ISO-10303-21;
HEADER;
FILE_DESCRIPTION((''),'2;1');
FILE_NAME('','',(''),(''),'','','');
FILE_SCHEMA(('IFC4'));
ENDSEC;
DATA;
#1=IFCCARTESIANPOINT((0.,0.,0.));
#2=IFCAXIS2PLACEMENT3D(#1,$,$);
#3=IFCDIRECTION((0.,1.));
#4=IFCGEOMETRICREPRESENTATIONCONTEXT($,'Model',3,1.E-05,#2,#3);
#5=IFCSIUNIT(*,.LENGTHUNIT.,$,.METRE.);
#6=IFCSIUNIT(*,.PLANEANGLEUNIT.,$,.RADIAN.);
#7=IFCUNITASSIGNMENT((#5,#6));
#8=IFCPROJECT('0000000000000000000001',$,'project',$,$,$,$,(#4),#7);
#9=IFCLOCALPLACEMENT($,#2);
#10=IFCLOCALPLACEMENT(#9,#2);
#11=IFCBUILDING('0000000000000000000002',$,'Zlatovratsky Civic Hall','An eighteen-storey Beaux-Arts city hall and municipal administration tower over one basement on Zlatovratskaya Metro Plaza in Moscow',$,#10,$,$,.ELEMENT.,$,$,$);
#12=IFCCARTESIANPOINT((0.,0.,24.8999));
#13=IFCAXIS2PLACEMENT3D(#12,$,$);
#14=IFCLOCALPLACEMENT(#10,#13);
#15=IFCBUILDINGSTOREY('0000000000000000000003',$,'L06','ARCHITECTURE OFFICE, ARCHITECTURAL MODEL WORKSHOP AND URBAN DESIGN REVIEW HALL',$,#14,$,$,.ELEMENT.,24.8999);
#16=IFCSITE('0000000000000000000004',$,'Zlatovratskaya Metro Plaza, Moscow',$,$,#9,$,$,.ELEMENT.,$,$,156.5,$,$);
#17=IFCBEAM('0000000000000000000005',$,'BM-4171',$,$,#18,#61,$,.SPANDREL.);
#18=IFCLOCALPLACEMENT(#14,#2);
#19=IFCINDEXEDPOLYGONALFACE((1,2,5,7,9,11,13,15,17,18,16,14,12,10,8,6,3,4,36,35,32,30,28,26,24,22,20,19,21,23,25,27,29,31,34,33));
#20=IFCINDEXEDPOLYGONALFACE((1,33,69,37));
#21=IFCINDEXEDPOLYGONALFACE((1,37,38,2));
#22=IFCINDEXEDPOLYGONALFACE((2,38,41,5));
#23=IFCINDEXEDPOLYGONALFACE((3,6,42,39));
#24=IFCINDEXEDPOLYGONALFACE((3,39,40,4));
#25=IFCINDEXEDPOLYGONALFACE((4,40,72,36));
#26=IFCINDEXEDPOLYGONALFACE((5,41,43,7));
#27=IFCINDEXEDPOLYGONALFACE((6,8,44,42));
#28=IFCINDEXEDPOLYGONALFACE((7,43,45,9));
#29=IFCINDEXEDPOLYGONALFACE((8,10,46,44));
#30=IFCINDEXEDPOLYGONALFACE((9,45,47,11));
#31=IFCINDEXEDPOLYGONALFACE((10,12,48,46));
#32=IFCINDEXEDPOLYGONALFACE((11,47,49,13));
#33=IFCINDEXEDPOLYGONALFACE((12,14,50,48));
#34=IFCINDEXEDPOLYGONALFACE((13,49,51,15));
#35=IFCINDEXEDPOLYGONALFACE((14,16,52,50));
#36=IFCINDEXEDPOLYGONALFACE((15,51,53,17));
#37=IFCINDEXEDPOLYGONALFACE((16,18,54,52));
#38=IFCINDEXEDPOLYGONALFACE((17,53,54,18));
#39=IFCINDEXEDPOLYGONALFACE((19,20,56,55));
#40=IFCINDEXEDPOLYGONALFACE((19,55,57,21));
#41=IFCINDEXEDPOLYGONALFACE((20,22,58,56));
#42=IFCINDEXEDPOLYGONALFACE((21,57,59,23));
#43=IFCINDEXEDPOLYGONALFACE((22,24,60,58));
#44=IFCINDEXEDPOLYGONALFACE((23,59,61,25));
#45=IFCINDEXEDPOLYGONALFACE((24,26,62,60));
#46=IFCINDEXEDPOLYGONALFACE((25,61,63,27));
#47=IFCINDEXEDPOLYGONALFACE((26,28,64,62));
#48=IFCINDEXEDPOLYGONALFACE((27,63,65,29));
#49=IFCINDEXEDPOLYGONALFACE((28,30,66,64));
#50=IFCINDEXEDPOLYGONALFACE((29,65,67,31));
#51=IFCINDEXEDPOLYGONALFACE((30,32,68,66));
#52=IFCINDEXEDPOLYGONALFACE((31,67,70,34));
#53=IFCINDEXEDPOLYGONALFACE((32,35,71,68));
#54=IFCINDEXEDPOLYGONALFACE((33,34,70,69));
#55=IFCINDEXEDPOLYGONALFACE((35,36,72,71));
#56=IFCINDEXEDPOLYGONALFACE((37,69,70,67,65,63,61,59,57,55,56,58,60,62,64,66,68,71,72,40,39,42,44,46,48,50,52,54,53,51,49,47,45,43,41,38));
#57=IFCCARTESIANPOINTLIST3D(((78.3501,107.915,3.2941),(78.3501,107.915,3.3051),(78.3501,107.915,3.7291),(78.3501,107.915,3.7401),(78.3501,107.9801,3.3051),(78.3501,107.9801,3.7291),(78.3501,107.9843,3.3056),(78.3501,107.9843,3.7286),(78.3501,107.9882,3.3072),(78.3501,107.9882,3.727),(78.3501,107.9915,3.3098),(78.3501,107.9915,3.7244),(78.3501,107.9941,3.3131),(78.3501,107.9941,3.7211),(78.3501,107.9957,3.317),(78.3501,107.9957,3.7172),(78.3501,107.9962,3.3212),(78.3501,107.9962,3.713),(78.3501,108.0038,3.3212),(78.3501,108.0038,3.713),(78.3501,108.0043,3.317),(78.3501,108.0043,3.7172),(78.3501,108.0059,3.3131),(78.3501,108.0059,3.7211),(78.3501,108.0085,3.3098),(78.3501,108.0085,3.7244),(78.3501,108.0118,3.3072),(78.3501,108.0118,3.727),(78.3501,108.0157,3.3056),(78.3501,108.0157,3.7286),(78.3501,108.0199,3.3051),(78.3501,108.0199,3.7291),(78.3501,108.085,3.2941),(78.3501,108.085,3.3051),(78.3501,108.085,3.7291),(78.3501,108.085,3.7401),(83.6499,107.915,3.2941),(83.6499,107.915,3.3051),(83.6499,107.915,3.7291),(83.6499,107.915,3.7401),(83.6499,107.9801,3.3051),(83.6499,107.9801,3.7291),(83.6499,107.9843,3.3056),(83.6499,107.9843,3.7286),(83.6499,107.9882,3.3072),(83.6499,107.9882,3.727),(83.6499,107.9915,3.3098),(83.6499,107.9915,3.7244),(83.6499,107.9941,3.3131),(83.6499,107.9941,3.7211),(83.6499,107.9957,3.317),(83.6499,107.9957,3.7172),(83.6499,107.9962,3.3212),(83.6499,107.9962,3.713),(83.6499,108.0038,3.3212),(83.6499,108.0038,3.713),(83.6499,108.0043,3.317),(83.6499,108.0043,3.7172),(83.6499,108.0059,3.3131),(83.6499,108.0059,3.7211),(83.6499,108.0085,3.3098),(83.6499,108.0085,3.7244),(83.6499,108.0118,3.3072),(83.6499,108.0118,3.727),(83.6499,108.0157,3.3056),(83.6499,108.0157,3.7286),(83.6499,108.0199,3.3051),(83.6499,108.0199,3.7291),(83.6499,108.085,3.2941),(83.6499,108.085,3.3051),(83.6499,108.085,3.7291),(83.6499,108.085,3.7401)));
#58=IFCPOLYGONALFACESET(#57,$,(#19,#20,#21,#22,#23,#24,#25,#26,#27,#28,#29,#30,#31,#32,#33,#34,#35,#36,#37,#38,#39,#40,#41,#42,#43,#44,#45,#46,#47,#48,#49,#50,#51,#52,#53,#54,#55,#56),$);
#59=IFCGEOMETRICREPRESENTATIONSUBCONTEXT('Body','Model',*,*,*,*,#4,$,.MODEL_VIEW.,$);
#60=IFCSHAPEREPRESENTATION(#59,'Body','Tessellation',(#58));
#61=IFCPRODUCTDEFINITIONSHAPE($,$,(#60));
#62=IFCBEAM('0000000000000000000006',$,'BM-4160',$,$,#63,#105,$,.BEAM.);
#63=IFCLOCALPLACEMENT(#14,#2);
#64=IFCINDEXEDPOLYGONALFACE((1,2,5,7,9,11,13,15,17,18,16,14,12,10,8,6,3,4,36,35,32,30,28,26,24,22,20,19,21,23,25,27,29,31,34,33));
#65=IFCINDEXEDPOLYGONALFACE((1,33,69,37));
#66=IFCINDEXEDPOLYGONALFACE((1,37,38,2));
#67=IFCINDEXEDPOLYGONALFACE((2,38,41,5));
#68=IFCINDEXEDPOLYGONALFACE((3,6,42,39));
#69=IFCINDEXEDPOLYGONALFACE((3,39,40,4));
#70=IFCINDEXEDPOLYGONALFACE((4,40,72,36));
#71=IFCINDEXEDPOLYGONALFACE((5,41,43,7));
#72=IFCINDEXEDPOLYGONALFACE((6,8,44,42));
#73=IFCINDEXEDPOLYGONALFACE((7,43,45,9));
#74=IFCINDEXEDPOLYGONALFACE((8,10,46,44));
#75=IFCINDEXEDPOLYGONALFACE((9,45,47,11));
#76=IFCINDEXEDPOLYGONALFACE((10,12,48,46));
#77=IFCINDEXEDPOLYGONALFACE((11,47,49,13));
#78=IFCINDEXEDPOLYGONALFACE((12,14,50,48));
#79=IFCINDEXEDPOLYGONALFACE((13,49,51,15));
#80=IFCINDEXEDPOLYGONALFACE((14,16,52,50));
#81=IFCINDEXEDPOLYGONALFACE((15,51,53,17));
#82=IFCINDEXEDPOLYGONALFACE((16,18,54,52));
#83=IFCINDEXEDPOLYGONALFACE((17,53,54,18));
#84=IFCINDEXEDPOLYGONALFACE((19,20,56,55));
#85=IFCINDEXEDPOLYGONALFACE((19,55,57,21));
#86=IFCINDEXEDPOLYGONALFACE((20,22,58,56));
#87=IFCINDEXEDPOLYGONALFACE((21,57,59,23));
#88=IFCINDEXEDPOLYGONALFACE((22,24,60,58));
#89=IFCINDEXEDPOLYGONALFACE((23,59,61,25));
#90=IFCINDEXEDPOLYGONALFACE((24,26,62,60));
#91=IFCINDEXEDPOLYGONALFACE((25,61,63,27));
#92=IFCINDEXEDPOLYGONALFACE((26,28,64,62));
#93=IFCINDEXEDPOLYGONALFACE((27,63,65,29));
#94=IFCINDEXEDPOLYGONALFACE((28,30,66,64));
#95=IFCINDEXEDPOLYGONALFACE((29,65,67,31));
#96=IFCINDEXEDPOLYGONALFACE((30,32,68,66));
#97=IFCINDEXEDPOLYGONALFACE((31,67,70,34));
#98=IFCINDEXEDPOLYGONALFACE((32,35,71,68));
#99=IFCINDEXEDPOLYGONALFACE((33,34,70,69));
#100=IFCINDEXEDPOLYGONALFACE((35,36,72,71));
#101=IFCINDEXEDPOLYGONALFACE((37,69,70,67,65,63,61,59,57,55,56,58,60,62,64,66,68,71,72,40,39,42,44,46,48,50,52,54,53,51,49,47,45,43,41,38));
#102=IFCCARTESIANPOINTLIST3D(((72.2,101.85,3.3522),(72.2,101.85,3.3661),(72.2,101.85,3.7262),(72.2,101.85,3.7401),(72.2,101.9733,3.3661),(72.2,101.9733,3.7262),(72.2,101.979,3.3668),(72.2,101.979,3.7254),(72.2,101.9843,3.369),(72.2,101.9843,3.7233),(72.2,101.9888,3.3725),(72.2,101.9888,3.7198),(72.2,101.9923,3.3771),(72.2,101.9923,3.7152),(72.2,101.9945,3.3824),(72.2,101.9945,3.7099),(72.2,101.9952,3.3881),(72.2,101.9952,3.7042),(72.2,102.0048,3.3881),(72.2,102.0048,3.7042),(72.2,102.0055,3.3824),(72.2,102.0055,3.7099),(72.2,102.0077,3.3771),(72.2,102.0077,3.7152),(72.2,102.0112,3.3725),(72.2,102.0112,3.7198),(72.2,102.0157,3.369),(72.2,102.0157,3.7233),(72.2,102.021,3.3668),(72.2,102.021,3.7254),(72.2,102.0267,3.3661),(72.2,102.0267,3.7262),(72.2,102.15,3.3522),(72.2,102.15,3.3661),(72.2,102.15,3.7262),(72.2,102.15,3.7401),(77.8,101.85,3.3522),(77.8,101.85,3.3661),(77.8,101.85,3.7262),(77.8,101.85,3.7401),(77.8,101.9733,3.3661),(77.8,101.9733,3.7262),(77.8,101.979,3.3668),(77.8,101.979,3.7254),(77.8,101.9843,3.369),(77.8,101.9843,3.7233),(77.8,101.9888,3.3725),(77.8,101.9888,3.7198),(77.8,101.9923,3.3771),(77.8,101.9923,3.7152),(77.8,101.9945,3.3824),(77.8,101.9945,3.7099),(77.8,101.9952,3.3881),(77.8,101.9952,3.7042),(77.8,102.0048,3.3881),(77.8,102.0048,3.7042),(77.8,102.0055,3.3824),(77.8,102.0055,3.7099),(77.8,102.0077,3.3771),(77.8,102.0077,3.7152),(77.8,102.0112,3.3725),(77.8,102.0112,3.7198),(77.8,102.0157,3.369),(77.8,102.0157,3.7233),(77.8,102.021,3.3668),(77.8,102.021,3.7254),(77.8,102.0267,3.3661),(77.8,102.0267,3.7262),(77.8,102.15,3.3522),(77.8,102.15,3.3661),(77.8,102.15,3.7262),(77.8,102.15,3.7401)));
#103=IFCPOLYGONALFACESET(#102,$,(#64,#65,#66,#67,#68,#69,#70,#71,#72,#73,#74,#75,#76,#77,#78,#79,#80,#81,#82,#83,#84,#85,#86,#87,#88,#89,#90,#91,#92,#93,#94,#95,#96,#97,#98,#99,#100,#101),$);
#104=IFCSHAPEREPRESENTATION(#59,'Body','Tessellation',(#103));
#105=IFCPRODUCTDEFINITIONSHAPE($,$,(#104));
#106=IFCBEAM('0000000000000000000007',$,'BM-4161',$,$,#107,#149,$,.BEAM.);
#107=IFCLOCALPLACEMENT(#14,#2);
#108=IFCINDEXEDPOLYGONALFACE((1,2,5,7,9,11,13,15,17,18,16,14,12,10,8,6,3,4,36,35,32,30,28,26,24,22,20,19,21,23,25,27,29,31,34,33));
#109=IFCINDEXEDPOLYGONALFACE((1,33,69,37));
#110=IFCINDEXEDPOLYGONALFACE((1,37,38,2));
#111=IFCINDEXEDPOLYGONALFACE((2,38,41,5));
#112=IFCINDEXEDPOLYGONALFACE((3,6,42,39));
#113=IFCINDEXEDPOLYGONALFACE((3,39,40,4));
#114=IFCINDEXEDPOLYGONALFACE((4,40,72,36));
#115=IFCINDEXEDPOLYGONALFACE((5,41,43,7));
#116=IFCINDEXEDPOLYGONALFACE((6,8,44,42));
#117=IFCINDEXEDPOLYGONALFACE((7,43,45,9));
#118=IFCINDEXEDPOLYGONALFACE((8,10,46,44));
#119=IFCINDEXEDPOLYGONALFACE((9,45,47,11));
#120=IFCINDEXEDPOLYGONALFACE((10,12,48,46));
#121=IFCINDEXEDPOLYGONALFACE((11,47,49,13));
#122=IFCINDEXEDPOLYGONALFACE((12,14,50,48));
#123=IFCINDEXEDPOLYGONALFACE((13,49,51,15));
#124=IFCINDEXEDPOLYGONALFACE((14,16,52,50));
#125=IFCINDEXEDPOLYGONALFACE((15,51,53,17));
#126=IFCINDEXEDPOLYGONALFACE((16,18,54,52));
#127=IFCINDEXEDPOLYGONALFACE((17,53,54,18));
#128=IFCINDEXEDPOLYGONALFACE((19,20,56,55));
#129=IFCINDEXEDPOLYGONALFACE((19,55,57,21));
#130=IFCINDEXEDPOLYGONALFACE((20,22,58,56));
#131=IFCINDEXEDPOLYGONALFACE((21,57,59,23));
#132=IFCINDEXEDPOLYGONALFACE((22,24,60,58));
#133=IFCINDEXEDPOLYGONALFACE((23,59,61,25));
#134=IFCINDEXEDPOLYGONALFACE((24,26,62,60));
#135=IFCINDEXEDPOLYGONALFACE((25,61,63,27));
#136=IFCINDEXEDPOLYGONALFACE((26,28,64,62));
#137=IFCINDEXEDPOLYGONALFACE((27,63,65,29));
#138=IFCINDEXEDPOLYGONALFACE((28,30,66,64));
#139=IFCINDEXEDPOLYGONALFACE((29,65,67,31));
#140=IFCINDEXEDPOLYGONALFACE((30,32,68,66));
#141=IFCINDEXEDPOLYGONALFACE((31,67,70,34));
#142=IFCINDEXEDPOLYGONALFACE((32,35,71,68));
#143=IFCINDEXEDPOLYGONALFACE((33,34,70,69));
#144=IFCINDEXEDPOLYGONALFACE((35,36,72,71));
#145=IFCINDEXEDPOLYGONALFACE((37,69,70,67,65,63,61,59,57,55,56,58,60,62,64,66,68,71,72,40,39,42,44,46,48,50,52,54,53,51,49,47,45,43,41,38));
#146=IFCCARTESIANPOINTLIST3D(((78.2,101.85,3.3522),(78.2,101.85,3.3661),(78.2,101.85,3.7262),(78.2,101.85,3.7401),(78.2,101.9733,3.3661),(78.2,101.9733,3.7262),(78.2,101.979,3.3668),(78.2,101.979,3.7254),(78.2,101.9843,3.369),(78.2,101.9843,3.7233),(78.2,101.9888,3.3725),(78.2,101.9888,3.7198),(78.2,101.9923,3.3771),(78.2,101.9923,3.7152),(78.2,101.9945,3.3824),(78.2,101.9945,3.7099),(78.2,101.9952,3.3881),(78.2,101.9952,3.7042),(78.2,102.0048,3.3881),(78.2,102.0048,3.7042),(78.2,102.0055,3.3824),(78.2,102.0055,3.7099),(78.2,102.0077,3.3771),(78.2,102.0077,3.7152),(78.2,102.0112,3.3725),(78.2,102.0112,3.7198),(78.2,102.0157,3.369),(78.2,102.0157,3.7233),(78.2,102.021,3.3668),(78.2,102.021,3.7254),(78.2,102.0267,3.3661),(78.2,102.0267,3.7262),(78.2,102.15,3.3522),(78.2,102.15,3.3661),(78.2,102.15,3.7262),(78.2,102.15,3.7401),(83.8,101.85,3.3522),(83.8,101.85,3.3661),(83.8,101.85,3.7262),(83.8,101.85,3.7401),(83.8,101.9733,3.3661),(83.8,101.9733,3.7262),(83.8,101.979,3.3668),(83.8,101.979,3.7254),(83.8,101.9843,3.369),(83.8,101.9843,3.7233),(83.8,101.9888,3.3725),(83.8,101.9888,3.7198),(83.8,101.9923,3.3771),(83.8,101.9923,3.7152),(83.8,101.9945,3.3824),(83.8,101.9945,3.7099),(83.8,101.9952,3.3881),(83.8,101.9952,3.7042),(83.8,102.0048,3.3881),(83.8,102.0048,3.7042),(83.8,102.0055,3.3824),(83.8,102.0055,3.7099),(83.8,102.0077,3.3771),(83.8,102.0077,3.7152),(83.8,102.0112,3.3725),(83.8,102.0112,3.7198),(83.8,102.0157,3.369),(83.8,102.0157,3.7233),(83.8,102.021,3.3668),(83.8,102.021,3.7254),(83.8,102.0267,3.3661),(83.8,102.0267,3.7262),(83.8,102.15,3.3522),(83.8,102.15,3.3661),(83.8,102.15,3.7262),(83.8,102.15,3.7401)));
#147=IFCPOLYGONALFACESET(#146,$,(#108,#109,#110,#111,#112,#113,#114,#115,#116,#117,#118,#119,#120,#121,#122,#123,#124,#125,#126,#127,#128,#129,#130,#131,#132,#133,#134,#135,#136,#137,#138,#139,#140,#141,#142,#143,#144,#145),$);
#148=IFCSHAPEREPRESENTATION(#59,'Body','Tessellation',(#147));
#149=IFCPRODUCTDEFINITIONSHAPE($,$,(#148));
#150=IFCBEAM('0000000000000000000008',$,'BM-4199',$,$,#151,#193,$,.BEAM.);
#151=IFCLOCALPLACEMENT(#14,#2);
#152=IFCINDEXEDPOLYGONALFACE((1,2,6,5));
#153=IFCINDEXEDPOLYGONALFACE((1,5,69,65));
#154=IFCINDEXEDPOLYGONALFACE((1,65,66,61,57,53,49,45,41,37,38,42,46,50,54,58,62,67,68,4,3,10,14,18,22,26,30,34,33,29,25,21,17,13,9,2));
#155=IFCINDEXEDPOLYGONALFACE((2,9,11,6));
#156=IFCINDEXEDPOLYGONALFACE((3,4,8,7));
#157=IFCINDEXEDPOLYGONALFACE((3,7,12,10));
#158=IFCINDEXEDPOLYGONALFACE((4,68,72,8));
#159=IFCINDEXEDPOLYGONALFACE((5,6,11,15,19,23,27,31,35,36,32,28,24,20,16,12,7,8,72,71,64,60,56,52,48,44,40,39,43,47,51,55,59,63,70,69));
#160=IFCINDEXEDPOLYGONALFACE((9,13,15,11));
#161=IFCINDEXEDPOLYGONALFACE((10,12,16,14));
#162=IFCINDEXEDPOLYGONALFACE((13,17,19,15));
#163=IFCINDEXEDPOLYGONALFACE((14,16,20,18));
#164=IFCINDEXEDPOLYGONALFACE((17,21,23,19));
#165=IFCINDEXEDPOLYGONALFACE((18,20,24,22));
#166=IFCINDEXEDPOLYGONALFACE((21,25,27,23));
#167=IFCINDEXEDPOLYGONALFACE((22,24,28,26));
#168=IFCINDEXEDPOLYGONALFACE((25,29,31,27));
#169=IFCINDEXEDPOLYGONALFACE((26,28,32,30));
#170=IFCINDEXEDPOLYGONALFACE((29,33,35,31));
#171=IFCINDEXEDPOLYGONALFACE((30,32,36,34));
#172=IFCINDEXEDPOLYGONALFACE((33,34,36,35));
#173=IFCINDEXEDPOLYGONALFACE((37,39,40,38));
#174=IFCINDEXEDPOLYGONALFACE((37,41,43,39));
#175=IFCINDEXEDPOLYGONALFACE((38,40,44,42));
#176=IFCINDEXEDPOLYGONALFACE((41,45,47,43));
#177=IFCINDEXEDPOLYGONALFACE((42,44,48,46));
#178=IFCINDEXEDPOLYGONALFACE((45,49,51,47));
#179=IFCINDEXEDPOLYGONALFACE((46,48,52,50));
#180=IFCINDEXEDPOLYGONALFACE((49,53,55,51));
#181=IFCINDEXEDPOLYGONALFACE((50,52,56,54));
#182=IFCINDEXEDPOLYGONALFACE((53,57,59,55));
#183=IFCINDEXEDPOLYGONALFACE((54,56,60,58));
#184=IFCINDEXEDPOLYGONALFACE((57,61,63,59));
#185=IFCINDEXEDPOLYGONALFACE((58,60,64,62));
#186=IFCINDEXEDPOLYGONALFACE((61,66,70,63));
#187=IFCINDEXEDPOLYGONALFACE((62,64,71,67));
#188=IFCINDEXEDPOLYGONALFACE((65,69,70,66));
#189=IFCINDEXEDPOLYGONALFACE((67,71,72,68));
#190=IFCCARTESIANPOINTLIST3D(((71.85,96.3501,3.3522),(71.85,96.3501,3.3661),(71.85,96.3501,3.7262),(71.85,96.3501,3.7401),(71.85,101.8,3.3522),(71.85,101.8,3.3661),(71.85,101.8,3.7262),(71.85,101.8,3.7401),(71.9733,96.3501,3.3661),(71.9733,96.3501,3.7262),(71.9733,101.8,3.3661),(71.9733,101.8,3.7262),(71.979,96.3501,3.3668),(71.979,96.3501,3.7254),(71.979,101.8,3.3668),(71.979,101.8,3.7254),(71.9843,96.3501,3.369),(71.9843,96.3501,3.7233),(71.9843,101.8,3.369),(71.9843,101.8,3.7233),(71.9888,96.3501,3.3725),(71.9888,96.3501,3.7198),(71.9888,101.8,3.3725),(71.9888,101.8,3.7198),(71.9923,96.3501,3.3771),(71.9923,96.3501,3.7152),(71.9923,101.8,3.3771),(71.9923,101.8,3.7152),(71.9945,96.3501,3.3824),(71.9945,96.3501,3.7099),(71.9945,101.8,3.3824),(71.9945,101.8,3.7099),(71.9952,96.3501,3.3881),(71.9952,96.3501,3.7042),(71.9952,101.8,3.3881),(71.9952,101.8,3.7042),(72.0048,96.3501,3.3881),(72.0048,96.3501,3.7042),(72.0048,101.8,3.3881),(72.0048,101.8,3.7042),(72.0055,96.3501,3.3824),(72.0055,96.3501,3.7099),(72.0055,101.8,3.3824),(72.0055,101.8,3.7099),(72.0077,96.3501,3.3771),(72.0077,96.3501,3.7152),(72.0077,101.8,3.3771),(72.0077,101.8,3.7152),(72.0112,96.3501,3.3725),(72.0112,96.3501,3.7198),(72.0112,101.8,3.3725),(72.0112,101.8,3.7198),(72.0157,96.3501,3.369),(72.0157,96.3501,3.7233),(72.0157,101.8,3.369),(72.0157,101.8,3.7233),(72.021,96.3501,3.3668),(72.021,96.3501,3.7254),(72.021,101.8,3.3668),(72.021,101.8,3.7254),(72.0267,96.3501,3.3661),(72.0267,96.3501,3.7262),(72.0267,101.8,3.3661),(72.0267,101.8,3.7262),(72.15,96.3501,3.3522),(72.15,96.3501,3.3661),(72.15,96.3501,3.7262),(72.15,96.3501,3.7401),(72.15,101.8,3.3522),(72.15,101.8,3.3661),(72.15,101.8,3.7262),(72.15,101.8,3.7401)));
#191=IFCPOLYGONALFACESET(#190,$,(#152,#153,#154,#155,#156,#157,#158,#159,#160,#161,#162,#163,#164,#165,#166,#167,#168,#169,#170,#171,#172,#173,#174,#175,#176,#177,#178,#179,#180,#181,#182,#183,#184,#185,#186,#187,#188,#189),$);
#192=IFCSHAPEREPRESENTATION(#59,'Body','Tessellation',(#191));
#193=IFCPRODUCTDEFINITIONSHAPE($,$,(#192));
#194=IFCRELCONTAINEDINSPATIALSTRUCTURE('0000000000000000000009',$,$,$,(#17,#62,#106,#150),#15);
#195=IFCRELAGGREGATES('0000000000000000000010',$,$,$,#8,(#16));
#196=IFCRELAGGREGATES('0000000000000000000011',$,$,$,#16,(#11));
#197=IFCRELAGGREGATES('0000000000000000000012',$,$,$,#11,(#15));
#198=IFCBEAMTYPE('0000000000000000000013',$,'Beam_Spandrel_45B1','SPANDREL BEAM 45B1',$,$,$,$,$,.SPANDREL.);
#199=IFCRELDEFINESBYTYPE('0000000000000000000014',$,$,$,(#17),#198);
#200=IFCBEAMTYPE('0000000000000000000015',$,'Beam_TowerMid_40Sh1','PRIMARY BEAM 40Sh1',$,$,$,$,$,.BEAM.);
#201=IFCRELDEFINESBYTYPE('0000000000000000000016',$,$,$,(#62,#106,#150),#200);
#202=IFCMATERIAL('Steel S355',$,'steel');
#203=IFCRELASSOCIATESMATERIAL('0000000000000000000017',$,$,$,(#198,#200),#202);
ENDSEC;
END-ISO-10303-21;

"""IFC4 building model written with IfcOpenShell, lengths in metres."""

from ifc_helpers import new_model, si_unit, direction, frame, origin, origin_2d, place, context, subcontext, project, spatial, i_section, extrude, material, material_profile, profile_set, type_object, element, save


model = new_model("IFC4")

# Units and contexts
model_context = context("Model", 3, precision=1e-05, world=origin(), true_north=direction((0.0, 1.0)))
body_context = subcontext(model_context, "Body", "Model", "MODEL_VIEW")
ifc_project = project(units=[si_unit("LENGTHUNIT", "METRE"), si_unit("PLANEANGLEUNIT", "RADIAN")], contexts=[model_context])

# Site, building, storey
site_placement = place(None, origin())
site = spatial("IfcSite", under=ifc_project, at=site_placement, Name="Zlatovratskaya Metro Plaza, Moscow", CompositionType="ELEMENT", RefElevation=156.5)
building_placement = place(site_placement, origin())
building = spatial("IfcBuilding", under=site, at=building_placement, Name="Zlatovratsky Civic Hall", Description="An eighteen-storey Beaux-Arts city hall and municipal administration tower over one basement on Zlatovratskaya Metro Plaza in Moscow", CompositionType="ELEMENT")
storey_placement = place(building_placement, frame((0.0, 0.0, 24.8999)))
storey = spatial("IfcBuildingStorey", under=building, at=storey_placement, Name="L06", Description="ARCHITECTURE OFFICE, ARCHITECTURAL MODEL WORKSHOP AND URBAN DESIGN REVIEW HALL", CompositionType="ELEMENT", Elevation=24.8999)

# Shared definitions
ifc_material_1 = material(Name="Steel S355", Category="steel")

# Beams
ifc_material_profile_1 = material_profile(ifc_material_1, i_section(OverallWidth=0.1699, OverallDepth=0.446, WebThickness=0.0076, FlangeThickness=0.011, FilletRadius=0.0161, at=origin_2d()), Name="45B1")
ifc_profile_set_1 = profile_set([ifc_material_profile_1], Name="Steel S355")
beam_type_1 = type_object("IfcBeamType", Name="Beam_Spandrel_45B1", Description="SPANDREL BEAM 45B1", PredefinedType="SPANDREL", material=ifc_profile_set_1)
for number, where, z_axis, x_axis, name in (
    (1, (78.3501, 108.0, 3.5171), (1.0, 0.0, 0.0), (0.0, 1.0, 0.0), "BM-4171"),
):
    element("IfcBeam", number, at=place(storey_placement, frame(where, z_axis=z_axis, x_axis=x_axis)), inside=storey, type_object=beam_type_1, Name=name, PredefinedType="SPANDREL", context=body_context, shape_type="SweptSolid", body=[
        extrude(i_section(OverallWidth=0.1699, OverallDepth=0.446, WebThickness=0.0076, FlangeThickness=0.011, FilletRadius=0.0161, at=origin_2d()), origin(), (0.0, 0.0, 1.0), 5.2998),
    ])
ifc_material_profile_2 = material_profile(ifc_material_1, i_section(OverallWidth=0.3, OverallDepth=0.3879, WebThickness=0.0095, FlangeThickness=0.0139, FilletRadius=0.022, at=origin_2d()), Name="40Sh1")
ifc_profile_set_2 = profile_set([ifc_material_profile_2], Name="Steel S355")
beam_type_2 = type_object("IfcBeamType", Name="Beam_TowerMid_40Sh1", Description="PRIMARY BEAM 40Sh1", PredefinedType="BEAM", material=ifc_profile_set_2)
for number, where, z_axis, x_axis, name in (
    (2, (72.2, 102.0, 3.5461), (1.0, 0.0, 0.0), (0.0, 1.0, 0.0), "BM-4160"),
    (3, (78.2, 102.0, 3.5461), (1.0, 0.0, 0.0), (0.0, 1.0, 0.0), "BM-4161"),
):
    element("IfcBeam", number, at=place(storey_placement, frame(where, z_axis=z_axis, x_axis=x_axis)), inside=storey, type_object=beam_type_2, Name=name, PredefinedType="BEAM", context=body_context, shape_type="SweptSolid", body=[
        extrude(i_section(OverallWidth=0.3, OverallDepth=0.3879, WebThickness=0.0095, FlangeThickness=0.0139, FilletRadius=0.022, at=origin_2d()), origin(), (0.0, 0.0, 1.0), 5.6001),
    ])
for number, where, z_axis, x_axis, name in (
    (4, (72.0, 96.3501, 3.5461), (0.0, 1.0, 0.0), (-1.0, 0.0, 0.0), "BM-4199"),
):
    element("IfcBeam", number, at=place(storey_placement, frame(where, z_axis=z_axis, x_axis=x_axis)), inside=storey, type_object=beam_type_2, Name=name, PredefinedType="BEAM", context=body_context, shape_type="SweptSolid", body=[
        extrude(i_section(OverallWidth=0.3, OverallDepth=0.3879, WebThickness=0.0095, FlangeThickness=0.0139, FilletRadius=0.022, at=origin_2d()), origin(), (0.0, 0.0, 1.0), 5.45),
    ])

save(model, "model.ifc")
